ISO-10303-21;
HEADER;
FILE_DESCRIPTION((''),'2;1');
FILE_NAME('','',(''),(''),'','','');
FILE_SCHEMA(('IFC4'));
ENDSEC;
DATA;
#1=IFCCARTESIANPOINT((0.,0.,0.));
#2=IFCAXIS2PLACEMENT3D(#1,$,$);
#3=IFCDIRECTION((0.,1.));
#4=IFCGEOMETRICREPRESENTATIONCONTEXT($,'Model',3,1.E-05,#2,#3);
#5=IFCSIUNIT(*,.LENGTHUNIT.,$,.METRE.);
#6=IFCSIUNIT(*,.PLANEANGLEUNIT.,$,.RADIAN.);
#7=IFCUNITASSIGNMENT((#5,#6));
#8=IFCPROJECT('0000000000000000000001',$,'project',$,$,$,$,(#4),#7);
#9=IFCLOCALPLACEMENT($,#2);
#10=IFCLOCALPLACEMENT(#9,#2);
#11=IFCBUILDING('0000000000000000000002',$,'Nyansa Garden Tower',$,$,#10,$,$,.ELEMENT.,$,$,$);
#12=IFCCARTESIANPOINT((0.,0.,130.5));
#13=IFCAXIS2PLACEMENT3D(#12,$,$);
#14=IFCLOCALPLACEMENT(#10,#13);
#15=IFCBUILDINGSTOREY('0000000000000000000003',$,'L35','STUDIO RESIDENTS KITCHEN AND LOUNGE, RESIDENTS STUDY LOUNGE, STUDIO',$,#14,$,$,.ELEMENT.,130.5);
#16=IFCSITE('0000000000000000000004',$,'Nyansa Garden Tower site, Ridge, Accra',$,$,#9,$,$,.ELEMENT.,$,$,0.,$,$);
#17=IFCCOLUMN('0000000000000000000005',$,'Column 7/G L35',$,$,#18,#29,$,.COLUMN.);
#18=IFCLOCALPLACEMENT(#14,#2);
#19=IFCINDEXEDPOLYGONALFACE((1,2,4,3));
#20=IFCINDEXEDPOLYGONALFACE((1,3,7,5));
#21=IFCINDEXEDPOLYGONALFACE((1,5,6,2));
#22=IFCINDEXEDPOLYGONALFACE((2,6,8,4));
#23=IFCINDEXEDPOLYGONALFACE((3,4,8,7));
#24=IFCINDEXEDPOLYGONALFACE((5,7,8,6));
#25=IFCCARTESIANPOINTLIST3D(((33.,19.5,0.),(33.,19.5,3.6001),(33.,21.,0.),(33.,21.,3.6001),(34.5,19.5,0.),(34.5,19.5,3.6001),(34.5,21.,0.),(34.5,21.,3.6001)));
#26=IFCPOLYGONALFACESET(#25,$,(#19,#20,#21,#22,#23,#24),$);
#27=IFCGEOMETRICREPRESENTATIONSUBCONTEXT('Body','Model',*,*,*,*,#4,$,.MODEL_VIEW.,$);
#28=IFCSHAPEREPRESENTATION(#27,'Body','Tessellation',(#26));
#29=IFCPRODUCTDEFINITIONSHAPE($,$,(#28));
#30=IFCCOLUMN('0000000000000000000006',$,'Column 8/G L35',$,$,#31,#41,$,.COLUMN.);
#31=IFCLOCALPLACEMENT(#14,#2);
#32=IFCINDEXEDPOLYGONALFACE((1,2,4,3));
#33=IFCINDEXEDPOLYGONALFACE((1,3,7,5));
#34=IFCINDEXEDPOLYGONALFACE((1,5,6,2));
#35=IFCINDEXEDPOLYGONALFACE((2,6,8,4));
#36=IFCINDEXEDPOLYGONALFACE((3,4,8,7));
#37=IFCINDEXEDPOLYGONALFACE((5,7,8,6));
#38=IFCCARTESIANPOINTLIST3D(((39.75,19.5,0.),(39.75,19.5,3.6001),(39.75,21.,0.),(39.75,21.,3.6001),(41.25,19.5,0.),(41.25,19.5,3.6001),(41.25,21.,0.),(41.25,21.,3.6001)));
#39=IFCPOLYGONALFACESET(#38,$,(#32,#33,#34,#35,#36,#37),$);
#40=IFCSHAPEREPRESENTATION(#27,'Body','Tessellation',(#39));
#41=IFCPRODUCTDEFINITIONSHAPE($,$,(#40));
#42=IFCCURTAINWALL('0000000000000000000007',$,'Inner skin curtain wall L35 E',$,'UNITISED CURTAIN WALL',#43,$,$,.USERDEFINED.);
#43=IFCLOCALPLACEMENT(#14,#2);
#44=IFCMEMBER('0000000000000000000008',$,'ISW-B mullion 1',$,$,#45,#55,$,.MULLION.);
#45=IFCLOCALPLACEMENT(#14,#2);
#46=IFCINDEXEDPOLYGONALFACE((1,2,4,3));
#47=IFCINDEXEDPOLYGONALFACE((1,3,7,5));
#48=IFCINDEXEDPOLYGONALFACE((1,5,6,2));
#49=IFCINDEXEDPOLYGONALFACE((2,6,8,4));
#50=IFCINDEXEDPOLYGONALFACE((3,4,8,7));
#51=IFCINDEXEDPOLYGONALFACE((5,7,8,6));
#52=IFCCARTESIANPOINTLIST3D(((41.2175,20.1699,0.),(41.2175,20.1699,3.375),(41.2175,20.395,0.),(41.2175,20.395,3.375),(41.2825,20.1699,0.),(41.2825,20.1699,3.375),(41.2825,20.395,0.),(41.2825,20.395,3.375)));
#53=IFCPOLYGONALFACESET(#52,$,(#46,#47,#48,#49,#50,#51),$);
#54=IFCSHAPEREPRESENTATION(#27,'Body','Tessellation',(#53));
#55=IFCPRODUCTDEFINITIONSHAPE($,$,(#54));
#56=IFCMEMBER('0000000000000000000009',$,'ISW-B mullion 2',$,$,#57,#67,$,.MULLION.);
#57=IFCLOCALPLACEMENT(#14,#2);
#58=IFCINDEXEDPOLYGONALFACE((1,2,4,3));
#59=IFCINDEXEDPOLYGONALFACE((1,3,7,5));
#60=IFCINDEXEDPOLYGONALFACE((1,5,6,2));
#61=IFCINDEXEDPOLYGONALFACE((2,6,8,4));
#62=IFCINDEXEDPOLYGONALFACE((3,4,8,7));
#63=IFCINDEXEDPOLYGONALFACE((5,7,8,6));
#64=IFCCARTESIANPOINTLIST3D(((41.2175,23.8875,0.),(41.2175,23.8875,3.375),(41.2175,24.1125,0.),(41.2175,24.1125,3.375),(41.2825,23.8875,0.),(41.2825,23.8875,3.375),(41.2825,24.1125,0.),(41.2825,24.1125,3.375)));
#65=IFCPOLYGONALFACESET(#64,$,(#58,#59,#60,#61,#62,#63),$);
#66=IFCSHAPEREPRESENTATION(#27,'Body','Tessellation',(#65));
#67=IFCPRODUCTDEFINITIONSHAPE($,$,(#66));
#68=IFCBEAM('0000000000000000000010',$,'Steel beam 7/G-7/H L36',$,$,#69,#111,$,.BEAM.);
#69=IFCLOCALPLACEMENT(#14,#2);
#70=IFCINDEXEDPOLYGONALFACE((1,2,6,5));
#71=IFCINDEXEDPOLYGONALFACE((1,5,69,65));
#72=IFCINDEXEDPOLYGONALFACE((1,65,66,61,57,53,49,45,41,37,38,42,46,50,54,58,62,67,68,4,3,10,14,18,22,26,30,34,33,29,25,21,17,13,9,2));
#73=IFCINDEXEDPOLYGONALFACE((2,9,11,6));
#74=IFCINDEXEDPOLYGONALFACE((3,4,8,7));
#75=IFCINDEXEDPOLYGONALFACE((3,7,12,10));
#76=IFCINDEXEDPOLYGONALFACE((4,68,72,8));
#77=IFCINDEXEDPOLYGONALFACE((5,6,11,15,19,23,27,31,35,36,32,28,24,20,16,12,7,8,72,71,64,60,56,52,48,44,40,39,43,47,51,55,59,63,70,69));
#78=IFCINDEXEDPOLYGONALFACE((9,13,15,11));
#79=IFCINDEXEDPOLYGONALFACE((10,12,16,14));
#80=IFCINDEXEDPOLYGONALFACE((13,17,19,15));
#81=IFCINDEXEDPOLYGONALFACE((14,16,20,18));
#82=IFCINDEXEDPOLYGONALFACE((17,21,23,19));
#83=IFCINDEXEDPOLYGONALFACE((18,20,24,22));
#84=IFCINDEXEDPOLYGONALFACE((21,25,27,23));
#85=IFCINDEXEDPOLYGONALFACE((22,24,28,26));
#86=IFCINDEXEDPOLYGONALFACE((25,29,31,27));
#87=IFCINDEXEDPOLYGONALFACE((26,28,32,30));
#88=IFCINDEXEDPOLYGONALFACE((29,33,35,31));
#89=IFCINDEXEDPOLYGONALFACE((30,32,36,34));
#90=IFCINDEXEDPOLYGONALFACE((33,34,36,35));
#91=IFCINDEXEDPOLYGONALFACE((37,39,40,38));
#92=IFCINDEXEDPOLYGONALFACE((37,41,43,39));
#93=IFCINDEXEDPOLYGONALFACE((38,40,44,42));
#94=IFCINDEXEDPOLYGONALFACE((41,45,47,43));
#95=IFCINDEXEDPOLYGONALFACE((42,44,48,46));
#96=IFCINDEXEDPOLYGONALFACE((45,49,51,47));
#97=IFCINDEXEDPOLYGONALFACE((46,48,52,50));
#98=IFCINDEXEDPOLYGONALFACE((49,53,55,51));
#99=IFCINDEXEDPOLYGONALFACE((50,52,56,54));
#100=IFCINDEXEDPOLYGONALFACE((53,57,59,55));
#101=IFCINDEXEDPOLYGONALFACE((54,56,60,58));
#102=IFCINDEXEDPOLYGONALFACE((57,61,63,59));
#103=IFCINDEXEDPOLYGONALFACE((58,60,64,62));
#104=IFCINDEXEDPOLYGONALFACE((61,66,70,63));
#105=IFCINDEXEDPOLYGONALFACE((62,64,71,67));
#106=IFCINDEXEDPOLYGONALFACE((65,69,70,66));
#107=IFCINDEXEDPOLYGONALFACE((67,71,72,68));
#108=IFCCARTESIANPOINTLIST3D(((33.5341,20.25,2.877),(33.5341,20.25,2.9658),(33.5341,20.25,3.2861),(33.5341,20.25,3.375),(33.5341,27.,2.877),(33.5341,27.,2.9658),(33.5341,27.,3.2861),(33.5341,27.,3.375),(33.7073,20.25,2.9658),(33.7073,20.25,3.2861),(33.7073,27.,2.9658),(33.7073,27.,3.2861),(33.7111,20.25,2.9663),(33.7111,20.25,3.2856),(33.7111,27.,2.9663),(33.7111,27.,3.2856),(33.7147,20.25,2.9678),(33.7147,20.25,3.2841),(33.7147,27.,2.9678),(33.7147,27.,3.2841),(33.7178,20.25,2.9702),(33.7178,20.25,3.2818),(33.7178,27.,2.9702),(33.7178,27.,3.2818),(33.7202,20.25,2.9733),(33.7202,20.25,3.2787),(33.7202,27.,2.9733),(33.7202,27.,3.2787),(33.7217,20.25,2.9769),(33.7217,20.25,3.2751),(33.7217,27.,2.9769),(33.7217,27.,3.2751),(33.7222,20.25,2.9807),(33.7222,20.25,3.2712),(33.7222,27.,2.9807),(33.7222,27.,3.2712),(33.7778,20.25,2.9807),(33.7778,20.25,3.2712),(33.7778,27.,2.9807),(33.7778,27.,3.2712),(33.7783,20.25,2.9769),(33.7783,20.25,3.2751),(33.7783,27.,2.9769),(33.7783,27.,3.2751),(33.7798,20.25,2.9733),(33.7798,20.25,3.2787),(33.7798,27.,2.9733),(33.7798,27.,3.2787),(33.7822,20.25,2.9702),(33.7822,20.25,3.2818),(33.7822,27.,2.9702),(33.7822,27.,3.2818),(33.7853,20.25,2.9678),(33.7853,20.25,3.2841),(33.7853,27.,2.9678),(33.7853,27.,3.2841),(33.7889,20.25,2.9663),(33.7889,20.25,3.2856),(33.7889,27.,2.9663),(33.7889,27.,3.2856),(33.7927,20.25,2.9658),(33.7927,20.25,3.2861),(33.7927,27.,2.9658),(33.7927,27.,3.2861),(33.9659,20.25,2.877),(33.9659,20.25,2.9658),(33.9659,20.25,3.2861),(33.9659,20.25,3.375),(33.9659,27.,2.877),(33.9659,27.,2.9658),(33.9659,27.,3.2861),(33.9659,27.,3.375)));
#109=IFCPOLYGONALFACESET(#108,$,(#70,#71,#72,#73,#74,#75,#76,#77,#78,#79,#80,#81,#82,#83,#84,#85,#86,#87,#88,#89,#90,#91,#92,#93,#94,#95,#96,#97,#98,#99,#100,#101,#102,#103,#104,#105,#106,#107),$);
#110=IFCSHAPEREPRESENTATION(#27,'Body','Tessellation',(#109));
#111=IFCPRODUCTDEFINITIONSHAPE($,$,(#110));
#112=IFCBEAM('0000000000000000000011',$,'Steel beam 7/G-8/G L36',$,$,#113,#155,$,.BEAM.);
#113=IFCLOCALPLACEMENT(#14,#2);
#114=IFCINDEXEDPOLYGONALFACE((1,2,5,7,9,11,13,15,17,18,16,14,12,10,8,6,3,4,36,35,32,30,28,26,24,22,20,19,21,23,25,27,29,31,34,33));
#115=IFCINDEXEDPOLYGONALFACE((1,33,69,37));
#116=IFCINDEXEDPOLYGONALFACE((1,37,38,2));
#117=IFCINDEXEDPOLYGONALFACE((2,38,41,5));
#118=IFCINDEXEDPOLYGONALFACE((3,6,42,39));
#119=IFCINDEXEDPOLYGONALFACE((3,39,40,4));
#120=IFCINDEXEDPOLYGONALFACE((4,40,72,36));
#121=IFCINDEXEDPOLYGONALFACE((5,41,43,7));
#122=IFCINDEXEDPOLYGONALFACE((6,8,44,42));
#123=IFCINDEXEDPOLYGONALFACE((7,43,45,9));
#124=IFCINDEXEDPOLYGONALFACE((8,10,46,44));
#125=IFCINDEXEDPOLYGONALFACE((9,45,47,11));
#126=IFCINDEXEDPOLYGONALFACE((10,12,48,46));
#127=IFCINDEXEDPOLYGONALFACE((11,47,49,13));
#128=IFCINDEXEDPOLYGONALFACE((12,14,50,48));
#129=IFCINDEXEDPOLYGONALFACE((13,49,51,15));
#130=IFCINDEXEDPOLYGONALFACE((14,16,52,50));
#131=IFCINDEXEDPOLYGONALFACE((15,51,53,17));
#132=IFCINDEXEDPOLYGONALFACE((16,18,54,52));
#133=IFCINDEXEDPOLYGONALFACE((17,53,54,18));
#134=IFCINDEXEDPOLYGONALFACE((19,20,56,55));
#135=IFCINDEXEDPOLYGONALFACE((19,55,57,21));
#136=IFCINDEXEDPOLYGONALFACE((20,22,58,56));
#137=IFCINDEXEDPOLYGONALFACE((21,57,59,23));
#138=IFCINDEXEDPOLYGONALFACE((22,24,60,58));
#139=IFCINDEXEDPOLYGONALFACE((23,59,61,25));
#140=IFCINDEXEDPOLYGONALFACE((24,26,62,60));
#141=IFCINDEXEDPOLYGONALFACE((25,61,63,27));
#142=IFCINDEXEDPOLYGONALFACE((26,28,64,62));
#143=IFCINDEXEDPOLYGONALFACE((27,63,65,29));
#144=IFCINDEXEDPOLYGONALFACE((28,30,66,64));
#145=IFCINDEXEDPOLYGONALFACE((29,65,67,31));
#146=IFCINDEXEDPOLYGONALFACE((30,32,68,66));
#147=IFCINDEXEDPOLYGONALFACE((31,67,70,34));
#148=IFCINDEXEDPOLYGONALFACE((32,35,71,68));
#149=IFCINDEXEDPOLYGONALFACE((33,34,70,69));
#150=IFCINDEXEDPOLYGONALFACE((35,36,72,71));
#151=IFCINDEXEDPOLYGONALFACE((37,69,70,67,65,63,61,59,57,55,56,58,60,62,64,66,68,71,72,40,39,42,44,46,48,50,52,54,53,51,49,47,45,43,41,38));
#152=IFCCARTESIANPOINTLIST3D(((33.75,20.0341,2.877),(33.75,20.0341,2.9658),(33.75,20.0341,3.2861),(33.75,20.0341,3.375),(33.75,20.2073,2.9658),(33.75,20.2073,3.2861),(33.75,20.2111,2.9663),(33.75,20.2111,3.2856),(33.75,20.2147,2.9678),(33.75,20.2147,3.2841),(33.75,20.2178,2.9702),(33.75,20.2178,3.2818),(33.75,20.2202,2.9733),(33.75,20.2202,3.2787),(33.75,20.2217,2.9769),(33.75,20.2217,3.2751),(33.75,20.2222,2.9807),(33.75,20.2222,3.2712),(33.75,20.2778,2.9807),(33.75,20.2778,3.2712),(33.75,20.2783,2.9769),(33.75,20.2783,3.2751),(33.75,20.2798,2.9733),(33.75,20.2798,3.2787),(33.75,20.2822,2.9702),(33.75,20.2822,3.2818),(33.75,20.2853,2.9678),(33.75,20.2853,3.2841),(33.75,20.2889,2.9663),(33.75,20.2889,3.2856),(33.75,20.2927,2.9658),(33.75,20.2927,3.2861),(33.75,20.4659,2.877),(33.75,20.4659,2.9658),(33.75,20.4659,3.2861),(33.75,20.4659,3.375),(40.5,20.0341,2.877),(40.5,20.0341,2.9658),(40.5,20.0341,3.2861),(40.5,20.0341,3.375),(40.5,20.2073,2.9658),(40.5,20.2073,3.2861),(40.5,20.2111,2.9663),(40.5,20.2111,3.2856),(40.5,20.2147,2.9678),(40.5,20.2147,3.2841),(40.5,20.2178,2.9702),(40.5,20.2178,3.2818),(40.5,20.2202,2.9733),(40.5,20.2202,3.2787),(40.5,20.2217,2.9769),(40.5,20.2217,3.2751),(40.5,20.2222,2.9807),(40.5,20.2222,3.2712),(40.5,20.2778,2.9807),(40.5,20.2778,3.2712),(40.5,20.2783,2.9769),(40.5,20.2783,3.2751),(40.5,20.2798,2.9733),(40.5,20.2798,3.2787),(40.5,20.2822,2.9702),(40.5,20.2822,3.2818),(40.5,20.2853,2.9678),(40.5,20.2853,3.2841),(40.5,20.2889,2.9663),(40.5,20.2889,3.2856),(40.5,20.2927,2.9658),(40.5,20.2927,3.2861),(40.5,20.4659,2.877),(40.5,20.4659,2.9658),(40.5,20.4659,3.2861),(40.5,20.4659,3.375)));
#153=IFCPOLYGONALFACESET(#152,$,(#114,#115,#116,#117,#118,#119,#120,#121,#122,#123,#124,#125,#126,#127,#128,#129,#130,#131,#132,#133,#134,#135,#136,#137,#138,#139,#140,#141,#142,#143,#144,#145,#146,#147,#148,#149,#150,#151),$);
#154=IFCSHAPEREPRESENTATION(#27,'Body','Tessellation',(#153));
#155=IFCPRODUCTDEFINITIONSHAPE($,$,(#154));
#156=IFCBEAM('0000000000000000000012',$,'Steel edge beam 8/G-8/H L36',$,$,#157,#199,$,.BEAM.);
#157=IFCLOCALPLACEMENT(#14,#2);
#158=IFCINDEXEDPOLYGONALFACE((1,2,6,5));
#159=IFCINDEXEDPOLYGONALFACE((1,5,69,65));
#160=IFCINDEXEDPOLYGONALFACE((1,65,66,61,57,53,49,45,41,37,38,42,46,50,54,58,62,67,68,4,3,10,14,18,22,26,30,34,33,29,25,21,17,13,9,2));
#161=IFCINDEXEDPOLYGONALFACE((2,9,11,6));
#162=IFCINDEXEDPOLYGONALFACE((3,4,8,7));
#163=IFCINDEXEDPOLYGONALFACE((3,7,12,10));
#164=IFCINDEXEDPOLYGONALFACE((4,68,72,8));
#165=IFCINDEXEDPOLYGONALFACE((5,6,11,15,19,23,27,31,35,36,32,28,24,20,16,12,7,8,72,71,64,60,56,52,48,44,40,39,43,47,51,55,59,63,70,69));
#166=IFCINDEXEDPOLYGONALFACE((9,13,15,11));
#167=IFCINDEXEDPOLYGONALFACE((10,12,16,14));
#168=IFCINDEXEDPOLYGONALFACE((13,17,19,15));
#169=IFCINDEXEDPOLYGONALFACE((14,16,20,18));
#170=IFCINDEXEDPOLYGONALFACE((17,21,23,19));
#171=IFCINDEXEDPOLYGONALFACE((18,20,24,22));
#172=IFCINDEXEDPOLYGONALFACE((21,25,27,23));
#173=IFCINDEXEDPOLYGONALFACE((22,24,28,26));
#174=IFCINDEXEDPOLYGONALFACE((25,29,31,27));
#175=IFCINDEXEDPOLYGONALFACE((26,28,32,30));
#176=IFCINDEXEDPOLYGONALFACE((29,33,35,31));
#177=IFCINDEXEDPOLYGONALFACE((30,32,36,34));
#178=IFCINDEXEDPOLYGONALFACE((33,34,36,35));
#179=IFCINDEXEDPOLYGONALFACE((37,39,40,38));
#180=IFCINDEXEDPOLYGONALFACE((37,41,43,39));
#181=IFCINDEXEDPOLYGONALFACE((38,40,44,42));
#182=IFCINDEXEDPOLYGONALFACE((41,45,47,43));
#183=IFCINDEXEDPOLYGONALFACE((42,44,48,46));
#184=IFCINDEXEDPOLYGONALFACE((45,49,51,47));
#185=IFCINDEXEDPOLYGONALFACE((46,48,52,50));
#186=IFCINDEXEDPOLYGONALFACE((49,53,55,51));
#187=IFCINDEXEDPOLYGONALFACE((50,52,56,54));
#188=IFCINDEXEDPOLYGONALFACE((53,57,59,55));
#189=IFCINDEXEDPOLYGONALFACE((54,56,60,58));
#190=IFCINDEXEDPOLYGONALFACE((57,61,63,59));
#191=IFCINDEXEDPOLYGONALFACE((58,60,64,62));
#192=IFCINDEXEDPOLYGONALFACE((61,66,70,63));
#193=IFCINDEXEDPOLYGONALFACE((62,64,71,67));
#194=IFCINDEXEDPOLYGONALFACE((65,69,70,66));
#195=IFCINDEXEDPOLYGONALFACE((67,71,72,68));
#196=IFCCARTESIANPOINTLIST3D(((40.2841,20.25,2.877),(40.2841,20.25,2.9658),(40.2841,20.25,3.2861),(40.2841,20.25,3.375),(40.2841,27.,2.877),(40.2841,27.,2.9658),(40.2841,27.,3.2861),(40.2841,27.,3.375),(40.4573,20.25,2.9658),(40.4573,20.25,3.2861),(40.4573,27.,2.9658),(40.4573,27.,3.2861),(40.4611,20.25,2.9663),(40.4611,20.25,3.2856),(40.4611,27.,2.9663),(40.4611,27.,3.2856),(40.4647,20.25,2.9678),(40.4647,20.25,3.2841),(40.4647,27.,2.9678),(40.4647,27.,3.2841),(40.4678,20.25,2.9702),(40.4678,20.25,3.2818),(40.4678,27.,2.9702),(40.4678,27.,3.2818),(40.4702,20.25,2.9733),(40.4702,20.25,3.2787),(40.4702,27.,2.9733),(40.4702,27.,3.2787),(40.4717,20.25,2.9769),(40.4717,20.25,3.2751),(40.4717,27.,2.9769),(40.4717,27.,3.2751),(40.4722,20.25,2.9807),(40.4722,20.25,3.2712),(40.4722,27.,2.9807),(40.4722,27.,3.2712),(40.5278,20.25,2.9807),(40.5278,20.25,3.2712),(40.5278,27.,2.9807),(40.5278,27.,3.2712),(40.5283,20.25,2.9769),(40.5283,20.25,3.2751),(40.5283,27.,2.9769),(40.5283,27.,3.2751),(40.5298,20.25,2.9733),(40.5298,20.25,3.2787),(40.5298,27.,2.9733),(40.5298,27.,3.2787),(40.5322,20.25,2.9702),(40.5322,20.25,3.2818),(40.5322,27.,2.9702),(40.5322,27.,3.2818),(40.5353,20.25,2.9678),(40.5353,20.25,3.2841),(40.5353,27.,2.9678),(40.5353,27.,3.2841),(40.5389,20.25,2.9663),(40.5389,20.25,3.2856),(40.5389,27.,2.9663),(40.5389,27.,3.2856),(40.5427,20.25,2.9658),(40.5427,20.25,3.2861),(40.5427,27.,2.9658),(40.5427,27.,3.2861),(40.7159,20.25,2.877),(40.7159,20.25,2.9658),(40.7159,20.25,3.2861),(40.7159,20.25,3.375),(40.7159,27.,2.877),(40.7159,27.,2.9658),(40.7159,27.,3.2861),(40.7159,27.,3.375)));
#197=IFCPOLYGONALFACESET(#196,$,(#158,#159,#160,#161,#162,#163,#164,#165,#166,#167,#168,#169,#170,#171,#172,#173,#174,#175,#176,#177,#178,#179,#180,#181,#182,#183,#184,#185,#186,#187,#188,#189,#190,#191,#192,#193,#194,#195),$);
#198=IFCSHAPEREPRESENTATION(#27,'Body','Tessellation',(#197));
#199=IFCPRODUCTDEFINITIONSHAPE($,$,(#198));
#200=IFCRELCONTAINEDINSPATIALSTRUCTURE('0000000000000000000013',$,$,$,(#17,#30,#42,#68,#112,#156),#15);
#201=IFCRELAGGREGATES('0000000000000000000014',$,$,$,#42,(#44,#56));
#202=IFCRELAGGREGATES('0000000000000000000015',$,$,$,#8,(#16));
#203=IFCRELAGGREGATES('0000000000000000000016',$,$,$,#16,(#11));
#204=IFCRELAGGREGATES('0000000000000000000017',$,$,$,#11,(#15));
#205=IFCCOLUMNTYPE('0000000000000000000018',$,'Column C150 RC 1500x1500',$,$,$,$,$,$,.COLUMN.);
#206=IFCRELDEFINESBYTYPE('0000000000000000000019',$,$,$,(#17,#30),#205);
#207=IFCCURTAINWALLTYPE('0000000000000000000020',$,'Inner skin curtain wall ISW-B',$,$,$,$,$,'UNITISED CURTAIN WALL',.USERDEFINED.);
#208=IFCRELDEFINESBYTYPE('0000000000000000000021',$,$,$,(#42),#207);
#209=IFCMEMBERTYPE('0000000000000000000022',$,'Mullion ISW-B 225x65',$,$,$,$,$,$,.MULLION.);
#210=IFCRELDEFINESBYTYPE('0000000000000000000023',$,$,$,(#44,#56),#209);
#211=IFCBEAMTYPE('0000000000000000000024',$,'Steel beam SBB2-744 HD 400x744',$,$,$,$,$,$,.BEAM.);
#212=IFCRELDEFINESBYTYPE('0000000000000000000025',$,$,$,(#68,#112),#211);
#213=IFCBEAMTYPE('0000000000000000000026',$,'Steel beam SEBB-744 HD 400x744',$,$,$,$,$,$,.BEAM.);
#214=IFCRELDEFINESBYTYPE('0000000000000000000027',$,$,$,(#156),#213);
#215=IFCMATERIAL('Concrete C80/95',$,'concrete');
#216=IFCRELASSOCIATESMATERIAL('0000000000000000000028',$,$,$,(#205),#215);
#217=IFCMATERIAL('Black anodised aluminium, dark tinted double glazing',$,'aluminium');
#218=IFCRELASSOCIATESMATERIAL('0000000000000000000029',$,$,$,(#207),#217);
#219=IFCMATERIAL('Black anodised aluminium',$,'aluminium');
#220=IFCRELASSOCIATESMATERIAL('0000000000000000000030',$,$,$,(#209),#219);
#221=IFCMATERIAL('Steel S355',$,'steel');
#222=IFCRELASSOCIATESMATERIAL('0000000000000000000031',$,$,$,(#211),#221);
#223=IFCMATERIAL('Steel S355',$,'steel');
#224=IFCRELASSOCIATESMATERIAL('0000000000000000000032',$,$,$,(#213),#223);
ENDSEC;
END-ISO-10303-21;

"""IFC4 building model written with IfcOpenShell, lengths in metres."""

from ifc_helpers import new_model, si_unit, direction, frame, origin, origin_2d, place, context, subcontext, project, spatial, rectangle, i_section, extrude, material, material_profile, profile_set, type_object, element, aggregate, save


model = new_model("IFC4")

# Units and contexts
model_context = context("Model", 3, precision=1e-05, world=origin(), true_north=direction((0.0, 1.0)))
body_context = subcontext(model_context, "Body", "Model", "MODEL_VIEW")
ifc_project = project(units=[si_unit("LENGTHUNIT", "METRE"), si_unit("PLANEANGLEUNIT", "RADIAN")], contexts=[model_context])

# Site, building, storey
site_placement = place(None, origin())
site = spatial("IfcSite", under=ifc_project, at=site_placement, Name="Nyansa Garden Tower site, Ridge, Accra", CompositionType="ELEMENT", RefElevation=0.0)
building_placement = place(site_placement, origin())
building = spatial("IfcBuilding", under=site, at=building_placement, Name="Nyansa Garden Tower", CompositionType="ELEMENT")
storey_placement = place(building_placement, frame((0.0, 0.0, 130.5)))
storey = spatial("IfcBuildingStorey", under=building, at=storey_placement, Name="L35", Description="STUDIO RESIDENTS KITCHEN AND LOUNGE, RESIDENTS STUDY LOUNGE, STUDIO", CompositionType="ELEMENT", Elevation=130.5)

# Columns
ifc_material_1 = material(Name="Concrete C80/95", Category="concrete")
ifc_material_profile_1 = material_profile(ifc_material_1, rectangle(XDim=1.5, YDim=1.5, at=origin_2d()), Name="RC 1500x1500")
ifc_profile_set_1 = profile_set([ifc_material_profile_1], Name="Concrete C80/95")
column_type = type_object("IfcColumnType", Name="Column C150 RC 1500x1500", PredefinedType="COLUMN", material=ifc_profile_set_1)
for number, where, z_axis, x_axis, name in (
    (1, (33.75, 20.25, 0.0), (0.0, 0.0, 1.0), (1.0, 0.0, 0.0), "Column 7/G L35"),
    (2, (40.5, 20.25, 0.0), (0.0, 0.0, 1.0), (1.0, 0.0, 0.0), "Column 8/G L35"),
):
    element("IfcColumn", number, at=place(storey_placement, frame(where, z_axis=z_axis, x_axis=x_axis)), inside=storey, type_object=column_type, Name=name, PredefinedType="COLUMN", context=body_context, shape_type="SweptSolid", body=[
        extrude(rectangle(XDim=1.5, YDim=1.5, at=origin_2d()), origin(), (0.0, 0.0, 1.0), 3.6001),
    ])

# Curtain wall, members
ifc_material_2 = material(Name="Black anodised aluminium, dark tinted double glazing", Category="aluminium")
curtain_wall_type = type_object("IfcCurtainWallType", Name="Inner skin curtain wall ISW-B", ElementType="UNITISED CURTAIN WALL", PredefinedType="USERDEFINED", material=ifc_material_2)
curtain_wall_placement = place(storey_placement, origin())
curtain_wall = element("IfcCurtainWall", 3, at=curtain_wall_placement, inside=storey, type_object=curtain_wall_type, Name="Inner skin curtain wall L35 E", ObjectType="UNITISED CURTAIN WALL", PredefinedType="USERDEFINED")
ifc_material_3 = material(Name="Black anodised aluminium", Category="aluminium")
ifc_material_profile_2 = material_profile(ifc_material_3, rectangle(XDim=0.0649, YDim=0.2251, at=origin_2d()), Name="Mullion 225x65")
ifc_profile_set_2 = profile_set([ifc_material_profile_2], Name="Black anodised aluminium")
member_type_1 = type_object("IfcMemberType", Name="Mullion ISW-B 225x65", PredefinedType="MULLION", material=ifc_profile_set_2)
member_1_placement = place(storey_placement, frame((41.25, 20.2825, 0.0), z_axis=(0.0, 0.0, 1.0), x_axis=(-1.0, 0.0, 0.0)))
member_1 = element("IfcMember", 4, at=member_1_placement, type_object=member_type_1, Name="ISW-B mullion 1", PredefinedType="MULLION", context=body_context, shape_type="SweptSolid", body=[
    extrude(rectangle(XDim=0.0649, YDim=0.2251, at=origin_2d()), origin(), (0.0, 0.0, 1.0), 3.375),
])
member_2_placement = place(storey_placement, frame((41.25, 24.0, 0.0), z_axis=(0.0, 0.0, 1.0), x_axis=(-1.0, 0.0, 0.0)))
member_2 = element("IfcMember", 5, at=member_2_placement, type_object=member_type_1, Name="ISW-B mullion 2", PredefinedType="MULLION", context=body_context, shape_type="SweptSolid", body=[
    extrude(rectangle(XDim=0.0649, YDim=0.2251, at=origin_2d()), origin(), (0.0, 0.0, 1.0), 3.375),
])

# Beams
ifc_material_4 = material(Name="Steel S355", Category="steel")
ifc_material_profile_3 = material_profile(ifc_material_4, i_section(OverallWidth=0.4319, OverallDepth=0.498, WebThickness=0.0557, FlangeThickness=0.0889, FilletRadius=0.0149, at=origin_2d()), Name="HD 400x744")
ifc_profile_set_3 = profile_set([ifc_material_profile_3], Name="Steel S355")
beam_type_1 = type_object("IfcBeamType", Name="Steel beam SBB2-744 HD 400x744", PredefinedType="BEAM", material=ifc_profile_set_3)
for number, where, z_axis, x_axis, name in (
    (6, (33.75, 20.25, 3.126), (0.0, 1.0, 0.0), (-1.0, 0.0, 0.0), "Steel beam 7/G-7/H L36"),
    (7, (33.75, 20.25, 3.126), (1.0, 0.0, 0.0), (0.0, 1.0, 0.0), "Steel beam 7/G-8/G L36"),
):
    element("IfcBeam", number, at=place(storey_placement, frame(where, z_axis=z_axis, x_axis=x_axis)), inside=storey, type_object=beam_type_1, Name=name, PredefinedType="BEAM", context=body_context, shape_type="SweptSolid", body=[
        extrude(i_section(OverallWidth=0.4319, OverallDepth=0.498, WebThickness=0.0557, FlangeThickness=0.0889, FilletRadius=0.0149, at=origin_2d()), origin(), (0.0, 0.0, 1.0), 6.75),
    ])
ifc_material_5 = material(Name="Steel S355", Category="steel")
ifc_material_profile_4 = material_profile(ifc_material_5, i_section(OverallWidth=0.4319, OverallDepth=0.498, WebThickness=0.0557, FlangeThickness=0.0889, FilletRadius=0.0149, at=origin_2d()), Name="HD 400x744")
ifc_profile_set_4 = profile_set([ifc_material_profile_4], Name="Steel S355")
beam_type_2 = type_object("IfcBeamType", Name="Steel beam SEBB-744 HD 400x744", PredefinedType="BEAM", material=ifc_profile_set_4)
beam_placement = place(storey_placement, frame((40.5, 20.25, 3.126), z_axis=(0.0, 1.0, 0.0), x_axis=(-1.0, 0.0, 0.0)))
element("IfcBeam", 8, at=beam_placement, inside=storey, type_object=beam_type_2, Name="Steel edge beam 8/G-8/H L36", PredefinedType="BEAM", context=body_context, shape_type="SweptSolid", body=[
    extrude(i_section(OverallWidth=0.4319, OverallDepth=0.498, WebThickness=0.0557, FlangeThickness=0.0889, FilletRadius=0.0149, at=origin_2d()), origin(), (0.0, 0.0, 1.0), 6.75),
])

aggregate(curtain_wall, [member_1, member_2])

save(model, "model.ifc")
